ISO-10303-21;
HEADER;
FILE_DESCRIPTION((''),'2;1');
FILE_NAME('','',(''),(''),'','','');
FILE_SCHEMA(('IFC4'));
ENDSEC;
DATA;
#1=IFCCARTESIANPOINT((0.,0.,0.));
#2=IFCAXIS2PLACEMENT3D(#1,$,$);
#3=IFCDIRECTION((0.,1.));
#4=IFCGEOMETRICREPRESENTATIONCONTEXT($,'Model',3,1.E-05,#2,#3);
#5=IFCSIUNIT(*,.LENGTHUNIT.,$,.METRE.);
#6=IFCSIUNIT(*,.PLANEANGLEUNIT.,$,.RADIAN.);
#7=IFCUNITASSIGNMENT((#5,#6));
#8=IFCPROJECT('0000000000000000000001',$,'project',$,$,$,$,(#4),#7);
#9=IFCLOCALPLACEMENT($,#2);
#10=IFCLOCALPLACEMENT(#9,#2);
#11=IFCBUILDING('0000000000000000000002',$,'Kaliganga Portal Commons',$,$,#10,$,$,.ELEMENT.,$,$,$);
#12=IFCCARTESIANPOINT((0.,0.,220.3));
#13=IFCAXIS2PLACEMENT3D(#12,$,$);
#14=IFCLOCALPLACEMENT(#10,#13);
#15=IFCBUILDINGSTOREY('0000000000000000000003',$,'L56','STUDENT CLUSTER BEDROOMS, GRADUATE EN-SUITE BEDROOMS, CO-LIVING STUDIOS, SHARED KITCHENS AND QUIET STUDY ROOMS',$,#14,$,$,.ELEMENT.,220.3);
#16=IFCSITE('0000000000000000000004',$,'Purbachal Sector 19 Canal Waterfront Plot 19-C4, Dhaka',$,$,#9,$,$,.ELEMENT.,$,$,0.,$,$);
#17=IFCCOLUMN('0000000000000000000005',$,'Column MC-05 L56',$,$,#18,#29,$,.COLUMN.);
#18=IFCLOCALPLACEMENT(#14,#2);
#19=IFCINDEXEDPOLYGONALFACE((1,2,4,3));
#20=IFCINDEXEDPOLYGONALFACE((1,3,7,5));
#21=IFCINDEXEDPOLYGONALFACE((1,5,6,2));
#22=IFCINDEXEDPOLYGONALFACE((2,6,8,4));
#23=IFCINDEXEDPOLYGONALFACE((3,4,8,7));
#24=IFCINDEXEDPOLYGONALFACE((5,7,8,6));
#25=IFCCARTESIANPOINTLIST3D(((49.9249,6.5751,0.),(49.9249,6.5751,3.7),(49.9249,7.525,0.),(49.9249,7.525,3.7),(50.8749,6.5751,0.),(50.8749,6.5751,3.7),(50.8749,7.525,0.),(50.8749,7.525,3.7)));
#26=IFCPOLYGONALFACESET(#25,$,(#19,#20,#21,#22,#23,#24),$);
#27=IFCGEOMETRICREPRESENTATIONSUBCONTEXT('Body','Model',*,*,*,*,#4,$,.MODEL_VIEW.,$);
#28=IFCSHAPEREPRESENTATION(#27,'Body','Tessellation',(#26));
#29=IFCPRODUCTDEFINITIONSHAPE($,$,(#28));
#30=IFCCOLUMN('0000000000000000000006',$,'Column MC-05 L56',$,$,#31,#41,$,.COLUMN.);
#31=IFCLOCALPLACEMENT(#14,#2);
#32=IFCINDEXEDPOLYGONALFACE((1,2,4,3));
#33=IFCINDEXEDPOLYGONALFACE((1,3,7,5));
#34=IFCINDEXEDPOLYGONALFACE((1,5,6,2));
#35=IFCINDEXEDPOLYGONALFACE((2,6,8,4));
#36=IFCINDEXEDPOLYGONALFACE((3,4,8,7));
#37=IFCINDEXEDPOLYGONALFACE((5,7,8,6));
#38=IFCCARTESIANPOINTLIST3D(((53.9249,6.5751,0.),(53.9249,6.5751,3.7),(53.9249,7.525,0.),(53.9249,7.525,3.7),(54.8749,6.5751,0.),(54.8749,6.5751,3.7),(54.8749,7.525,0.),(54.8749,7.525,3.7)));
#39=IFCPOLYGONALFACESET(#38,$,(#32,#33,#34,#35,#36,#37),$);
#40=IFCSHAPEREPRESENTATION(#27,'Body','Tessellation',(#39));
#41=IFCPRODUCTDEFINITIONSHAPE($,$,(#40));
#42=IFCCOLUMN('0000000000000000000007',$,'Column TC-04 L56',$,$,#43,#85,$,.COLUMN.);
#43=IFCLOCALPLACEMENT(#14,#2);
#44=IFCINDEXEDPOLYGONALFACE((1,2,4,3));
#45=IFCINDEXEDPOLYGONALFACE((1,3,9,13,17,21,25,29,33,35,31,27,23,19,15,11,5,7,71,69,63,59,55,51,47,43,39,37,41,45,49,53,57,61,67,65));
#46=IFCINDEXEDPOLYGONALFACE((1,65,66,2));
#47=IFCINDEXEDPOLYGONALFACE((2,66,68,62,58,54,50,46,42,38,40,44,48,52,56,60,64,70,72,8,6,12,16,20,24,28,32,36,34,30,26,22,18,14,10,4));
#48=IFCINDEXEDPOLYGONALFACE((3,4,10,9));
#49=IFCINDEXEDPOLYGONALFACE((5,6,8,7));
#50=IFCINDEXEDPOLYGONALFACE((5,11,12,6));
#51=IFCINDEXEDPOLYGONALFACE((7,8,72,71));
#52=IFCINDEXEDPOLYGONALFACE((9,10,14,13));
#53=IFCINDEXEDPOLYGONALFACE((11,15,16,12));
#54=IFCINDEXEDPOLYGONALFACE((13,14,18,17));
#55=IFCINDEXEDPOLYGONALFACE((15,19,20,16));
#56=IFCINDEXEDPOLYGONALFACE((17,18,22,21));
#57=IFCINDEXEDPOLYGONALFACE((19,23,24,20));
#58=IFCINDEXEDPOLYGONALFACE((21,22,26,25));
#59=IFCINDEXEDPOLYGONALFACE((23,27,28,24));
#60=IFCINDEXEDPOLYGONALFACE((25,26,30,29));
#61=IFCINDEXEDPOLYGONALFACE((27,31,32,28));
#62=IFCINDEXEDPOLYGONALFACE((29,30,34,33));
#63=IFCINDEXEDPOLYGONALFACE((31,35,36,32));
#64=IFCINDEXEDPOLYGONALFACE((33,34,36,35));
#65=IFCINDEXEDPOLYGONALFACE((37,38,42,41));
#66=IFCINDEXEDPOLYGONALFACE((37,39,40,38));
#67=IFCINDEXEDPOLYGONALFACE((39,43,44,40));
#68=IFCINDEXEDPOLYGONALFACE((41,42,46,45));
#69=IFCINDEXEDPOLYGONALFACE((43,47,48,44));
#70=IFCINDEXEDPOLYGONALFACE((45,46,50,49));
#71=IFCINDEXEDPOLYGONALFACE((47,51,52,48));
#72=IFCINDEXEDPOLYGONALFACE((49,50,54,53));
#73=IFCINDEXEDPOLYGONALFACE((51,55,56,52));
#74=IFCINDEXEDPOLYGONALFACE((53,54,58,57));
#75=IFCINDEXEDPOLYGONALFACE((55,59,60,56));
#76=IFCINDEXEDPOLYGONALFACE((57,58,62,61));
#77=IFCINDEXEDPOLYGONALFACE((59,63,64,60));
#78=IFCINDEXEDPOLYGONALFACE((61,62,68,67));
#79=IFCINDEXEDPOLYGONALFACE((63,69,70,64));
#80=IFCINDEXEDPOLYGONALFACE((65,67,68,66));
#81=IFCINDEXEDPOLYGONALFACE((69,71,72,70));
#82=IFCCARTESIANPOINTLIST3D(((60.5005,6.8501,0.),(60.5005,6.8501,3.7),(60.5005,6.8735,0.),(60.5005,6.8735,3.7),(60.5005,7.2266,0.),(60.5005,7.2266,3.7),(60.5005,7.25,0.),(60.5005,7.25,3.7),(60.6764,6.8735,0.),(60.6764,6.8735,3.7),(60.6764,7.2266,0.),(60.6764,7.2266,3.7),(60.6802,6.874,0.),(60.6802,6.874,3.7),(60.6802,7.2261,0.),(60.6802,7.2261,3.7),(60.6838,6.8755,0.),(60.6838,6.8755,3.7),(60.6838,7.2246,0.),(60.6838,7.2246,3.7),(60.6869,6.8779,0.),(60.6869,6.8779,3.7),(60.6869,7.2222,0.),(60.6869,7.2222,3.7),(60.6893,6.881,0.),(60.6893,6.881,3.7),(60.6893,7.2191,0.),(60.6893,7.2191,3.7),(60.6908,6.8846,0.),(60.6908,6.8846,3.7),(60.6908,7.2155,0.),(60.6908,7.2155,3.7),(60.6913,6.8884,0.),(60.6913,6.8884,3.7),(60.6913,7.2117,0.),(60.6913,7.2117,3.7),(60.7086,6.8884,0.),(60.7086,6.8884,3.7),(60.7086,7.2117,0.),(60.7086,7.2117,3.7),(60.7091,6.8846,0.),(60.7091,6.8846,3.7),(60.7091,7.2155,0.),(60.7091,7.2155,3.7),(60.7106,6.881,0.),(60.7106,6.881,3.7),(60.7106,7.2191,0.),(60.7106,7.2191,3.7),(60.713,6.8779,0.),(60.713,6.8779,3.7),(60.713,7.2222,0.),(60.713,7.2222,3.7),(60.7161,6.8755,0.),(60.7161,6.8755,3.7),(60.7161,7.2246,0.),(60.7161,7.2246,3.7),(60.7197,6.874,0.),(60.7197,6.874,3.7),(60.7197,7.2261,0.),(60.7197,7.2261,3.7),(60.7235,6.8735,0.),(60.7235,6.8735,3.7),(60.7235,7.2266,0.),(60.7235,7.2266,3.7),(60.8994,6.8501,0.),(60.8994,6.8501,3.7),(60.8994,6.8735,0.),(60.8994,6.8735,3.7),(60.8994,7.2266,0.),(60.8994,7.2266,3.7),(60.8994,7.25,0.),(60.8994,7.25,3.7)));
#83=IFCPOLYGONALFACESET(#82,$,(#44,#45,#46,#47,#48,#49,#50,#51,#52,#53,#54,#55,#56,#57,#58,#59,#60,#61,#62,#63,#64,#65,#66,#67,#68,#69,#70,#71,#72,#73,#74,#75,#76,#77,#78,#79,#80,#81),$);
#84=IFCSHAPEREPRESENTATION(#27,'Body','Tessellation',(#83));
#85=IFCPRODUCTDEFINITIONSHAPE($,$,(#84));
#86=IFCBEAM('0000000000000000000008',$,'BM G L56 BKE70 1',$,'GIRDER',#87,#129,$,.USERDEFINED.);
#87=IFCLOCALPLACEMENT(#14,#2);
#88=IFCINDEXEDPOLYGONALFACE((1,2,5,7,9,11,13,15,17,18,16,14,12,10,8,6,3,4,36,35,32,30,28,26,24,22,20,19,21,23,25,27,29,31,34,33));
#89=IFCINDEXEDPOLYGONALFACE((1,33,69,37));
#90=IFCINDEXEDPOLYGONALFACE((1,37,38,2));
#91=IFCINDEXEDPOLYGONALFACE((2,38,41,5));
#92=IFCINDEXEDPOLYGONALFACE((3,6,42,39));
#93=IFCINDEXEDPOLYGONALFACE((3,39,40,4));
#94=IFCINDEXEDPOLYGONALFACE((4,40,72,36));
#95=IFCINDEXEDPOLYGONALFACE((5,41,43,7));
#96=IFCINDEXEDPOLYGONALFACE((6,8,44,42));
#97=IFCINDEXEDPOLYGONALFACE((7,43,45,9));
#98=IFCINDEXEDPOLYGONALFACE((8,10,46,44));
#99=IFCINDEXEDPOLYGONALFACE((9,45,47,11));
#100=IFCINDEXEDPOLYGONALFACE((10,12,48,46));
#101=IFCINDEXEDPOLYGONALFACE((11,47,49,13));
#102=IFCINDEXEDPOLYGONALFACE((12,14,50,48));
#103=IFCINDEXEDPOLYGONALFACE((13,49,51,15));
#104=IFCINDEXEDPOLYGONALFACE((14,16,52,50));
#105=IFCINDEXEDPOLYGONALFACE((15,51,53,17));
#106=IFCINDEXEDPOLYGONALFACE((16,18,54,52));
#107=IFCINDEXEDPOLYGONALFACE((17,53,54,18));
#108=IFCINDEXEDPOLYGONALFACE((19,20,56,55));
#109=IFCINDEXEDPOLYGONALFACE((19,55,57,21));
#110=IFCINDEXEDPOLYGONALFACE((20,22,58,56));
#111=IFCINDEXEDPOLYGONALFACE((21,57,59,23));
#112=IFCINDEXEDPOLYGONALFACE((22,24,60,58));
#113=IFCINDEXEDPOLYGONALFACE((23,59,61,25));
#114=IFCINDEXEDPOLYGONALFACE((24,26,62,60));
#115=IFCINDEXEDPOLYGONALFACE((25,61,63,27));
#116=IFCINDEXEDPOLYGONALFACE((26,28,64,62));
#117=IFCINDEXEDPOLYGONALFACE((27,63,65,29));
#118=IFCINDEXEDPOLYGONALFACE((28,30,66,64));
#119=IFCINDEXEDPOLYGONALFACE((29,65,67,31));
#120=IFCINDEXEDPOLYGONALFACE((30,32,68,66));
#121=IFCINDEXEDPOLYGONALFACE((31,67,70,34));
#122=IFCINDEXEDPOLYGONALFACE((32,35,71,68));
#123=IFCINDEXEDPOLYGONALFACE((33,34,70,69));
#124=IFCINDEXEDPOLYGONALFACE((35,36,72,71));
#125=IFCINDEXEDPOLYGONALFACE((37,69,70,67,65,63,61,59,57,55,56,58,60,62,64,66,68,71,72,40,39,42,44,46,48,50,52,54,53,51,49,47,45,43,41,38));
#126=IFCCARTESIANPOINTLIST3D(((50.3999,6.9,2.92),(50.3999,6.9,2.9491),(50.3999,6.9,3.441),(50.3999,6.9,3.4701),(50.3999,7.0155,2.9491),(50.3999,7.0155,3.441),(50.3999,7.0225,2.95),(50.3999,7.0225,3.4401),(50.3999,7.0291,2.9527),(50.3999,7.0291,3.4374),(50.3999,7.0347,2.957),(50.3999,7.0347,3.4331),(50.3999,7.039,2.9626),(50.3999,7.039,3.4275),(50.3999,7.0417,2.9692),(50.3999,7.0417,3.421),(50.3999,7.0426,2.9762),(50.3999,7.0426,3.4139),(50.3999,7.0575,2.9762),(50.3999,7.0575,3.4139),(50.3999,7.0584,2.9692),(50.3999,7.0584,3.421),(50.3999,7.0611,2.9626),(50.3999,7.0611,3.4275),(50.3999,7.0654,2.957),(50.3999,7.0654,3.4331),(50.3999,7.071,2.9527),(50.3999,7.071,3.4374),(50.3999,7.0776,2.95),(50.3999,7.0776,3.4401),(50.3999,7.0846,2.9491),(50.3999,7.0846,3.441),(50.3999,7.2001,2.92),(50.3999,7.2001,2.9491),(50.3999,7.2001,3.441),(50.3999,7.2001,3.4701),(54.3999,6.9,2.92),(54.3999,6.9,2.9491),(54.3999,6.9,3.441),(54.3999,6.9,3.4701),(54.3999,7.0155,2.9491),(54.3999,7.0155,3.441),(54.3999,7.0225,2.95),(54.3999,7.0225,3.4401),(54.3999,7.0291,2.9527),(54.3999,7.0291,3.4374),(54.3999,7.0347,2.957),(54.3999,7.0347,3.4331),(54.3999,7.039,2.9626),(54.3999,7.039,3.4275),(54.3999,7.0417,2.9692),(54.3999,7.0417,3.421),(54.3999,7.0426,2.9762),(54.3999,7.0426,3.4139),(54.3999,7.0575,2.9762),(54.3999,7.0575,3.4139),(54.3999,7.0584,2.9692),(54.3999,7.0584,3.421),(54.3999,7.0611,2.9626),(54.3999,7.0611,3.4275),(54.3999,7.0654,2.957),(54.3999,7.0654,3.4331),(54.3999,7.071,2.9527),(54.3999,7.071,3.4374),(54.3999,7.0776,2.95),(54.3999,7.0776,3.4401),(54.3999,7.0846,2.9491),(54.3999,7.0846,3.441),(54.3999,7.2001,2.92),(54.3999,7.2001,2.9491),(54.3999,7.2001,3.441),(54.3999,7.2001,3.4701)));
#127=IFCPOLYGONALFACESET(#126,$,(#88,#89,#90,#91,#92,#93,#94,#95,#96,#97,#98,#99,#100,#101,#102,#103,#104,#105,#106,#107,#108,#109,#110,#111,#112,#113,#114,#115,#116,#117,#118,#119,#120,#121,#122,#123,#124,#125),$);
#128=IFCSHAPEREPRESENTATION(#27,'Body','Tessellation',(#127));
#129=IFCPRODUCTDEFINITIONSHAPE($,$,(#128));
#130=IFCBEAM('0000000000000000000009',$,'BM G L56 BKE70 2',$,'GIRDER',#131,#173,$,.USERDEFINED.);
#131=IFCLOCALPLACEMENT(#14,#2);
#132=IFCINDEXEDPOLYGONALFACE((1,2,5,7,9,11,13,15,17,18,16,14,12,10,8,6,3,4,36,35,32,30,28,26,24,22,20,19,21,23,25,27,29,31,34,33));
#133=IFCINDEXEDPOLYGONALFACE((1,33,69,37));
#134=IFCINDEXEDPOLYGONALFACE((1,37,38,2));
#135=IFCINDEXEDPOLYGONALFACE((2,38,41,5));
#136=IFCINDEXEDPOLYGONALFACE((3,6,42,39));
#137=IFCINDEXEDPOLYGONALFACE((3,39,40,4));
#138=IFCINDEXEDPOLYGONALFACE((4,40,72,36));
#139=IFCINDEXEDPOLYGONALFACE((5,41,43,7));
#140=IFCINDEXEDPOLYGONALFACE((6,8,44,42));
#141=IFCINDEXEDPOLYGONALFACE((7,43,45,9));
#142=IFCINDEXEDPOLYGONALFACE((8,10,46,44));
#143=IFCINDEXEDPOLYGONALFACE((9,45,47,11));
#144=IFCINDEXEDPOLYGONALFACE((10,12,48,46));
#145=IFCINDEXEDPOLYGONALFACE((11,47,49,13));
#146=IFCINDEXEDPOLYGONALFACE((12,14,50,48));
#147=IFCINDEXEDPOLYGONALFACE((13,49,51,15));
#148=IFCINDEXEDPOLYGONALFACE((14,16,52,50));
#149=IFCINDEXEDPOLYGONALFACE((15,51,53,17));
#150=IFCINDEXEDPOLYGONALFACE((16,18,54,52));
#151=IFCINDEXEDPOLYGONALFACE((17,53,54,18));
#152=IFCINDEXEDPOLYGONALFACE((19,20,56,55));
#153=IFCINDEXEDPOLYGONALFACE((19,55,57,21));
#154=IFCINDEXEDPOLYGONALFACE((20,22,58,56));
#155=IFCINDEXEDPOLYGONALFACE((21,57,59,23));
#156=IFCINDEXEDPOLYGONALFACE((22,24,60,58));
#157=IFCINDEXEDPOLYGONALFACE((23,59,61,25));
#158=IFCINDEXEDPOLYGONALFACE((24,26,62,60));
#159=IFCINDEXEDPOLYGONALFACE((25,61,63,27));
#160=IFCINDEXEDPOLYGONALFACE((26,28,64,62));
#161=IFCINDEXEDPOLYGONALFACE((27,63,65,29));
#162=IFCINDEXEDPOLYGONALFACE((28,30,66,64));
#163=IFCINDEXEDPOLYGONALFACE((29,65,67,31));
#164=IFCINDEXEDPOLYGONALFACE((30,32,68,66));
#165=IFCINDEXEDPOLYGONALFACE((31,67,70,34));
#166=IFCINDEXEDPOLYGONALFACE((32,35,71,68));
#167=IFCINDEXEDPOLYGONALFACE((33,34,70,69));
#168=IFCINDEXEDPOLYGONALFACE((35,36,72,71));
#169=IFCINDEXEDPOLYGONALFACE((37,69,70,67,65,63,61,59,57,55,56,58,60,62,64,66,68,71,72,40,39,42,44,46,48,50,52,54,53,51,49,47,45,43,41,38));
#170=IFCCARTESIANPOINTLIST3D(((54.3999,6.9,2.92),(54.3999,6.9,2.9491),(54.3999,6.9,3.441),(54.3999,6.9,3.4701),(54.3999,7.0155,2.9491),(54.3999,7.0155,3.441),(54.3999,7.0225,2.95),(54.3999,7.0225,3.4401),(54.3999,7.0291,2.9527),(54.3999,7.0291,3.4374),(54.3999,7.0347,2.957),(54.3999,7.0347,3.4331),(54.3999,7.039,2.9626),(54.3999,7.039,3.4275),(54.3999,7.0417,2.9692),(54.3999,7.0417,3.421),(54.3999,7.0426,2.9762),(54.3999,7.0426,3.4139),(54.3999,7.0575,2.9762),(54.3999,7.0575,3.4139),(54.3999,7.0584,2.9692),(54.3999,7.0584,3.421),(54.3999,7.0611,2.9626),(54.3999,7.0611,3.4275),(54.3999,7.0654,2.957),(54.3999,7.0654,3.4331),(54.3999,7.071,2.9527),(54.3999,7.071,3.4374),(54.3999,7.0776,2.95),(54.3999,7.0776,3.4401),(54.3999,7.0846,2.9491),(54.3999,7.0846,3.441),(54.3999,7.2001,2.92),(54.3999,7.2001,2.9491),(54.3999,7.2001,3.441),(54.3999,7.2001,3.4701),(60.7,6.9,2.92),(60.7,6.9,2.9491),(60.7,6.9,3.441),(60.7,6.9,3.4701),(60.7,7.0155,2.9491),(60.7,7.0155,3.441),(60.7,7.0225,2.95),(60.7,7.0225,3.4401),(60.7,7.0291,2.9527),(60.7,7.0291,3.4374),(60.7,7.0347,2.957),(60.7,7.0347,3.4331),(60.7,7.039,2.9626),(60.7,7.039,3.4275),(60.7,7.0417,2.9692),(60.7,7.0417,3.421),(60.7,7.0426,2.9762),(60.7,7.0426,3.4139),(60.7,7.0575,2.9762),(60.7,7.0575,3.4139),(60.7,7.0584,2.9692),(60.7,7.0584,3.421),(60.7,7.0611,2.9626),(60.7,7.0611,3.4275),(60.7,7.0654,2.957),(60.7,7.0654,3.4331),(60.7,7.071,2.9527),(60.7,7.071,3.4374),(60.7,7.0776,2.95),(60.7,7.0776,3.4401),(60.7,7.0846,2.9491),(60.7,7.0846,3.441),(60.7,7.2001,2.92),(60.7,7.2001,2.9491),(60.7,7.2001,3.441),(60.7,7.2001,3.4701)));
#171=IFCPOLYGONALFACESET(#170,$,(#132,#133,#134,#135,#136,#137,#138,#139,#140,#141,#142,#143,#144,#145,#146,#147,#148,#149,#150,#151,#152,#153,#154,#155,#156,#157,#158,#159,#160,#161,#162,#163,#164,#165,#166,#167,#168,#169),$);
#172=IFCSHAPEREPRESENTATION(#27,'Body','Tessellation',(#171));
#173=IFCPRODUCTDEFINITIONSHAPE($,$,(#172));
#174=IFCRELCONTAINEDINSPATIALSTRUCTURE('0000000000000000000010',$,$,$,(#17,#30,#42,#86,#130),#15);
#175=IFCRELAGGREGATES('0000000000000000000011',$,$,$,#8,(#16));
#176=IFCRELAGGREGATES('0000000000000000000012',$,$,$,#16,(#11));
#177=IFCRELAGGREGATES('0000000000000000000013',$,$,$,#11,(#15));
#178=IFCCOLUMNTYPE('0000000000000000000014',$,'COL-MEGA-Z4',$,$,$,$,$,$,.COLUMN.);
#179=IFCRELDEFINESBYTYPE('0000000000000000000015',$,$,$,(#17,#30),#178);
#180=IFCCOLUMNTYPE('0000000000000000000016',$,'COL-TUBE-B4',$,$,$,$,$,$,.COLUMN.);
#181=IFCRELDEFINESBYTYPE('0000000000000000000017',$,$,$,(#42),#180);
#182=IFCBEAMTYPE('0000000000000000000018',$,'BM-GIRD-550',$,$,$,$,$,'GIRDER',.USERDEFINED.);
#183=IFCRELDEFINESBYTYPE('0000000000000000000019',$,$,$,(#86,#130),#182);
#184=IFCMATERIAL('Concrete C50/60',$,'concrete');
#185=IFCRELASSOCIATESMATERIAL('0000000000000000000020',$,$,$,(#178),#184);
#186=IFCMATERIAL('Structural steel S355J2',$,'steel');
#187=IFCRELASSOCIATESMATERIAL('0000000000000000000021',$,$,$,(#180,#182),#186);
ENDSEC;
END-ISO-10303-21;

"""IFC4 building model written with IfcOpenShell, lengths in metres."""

from ifc_helpers import new_model, si_unit, direction, frame, origin, origin_2d, place, context, subcontext, project, spatial, rectangle, i_section, extrude, source, transform, mapped, material, material_profile, profile_set, type_object, element, save


model = new_model("IFC4")

# Units and contexts
model_context = context("Model", 3, precision=1e-05, world=origin(), true_north=direction((0.0, 1.0)))
body_context = subcontext(model_context, "Body", "Model", "MODEL_VIEW")
ifc_project = project(units=[si_unit("LENGTHUNIT", "METRE"), si_unit("PLANEANGLEUNIT", "RADIAN")], contexts=[model_context])

# Site, building, storey
site_placement = place(None, origin())
site = spatial("IfcSite", under=ifc_project, at=site_placement, Name="Purbachal Sector 19 Canal Waterfront Plot 19-C4, Dhaka", CompositionType="ELEMENT", RefElevation=0.0)
building_placement = place(site_placement, origin())
building = spatial("IfcBuilding", under=site, at=building_placement, Name="Kaliganga Portal Commons", CompositionType="ELEMENT")
storey_placement = place(building_placement, frame((0.0, 0.0, 220.3)))
storey = spatial("IfcBuildingStorey", under=building, at=storey_placement, Name="L56", Description="STUDENT CLUSTER BEDROOMS, GRADUATE EN-SUITE BEDROOMS, CO-LIVING STUDIOS, SHARED KITCHENS AND QUIET STUDY ROOMS", CompositionType="ELEMENT", Elevation=220.3)

# Columns
ifc_material_1 = material(Name="Concrete C50/60", Category="concrete")
ifc_material_profile_1 = material_profile(ifc_material_1, rectangle(XDim=0.95, YDim=0.95, at=origin_2d()), Name="RC 950x950")
ifc_profile_set_1 = profile_set([ifc_material_profile_1], Name="Concrete C50/60")
column_type_1 = type_object("IfcColumnType", Name="COL-MEGA-Z4", PredefinedType="COLUMN", material=ifc_profile_set_1)
shared_shape_1 = source(origin(), body_context, "Body", "SweptSolid", [
    extrude(rectangle(XDim=0.95, YDim=0.95, at=origin_2d()), origin(), (0.0, 0.0, 1.0), 3.7),
])
for number, where, z_axis, x_axis, name in (
    (1, (50.3999, 7.05, 0.0), (0.0, 0.0, 1.0), (1.0, 0.0, 0.0), "Column MC-05 L56"),
    (2, (54.3999, 7.05, 0.0), (0.0, 0.0, 1.0), (1.0, 0.0, 0.0), "Column MC-05 L56"),
):
    element("IfcColumn", number, at=place(storey_placement, frame(where, z_axis=z_axis, x_axis=x_axis)), inside=storey, type_object=column_type_1, Name=name, PredefinedType="COLUMN", context=body_context, shape_type="MappedRepresentation", body=[
        mapped(shared_shape_1, transform((0.0, 0.0, 0.0), x_axis=(1.0, 0.0, 0.0), y_axis=(0.0, 1.0, 0.0), z_axis=(0.0, 0.0, 1.0), scale=1.0)),
    ])
ifc_material_2 = material(Name="Structural steel S355J2", Category="steel")
ifc_material_profile_2 = material_profile(ifc_material_2, i_section(OverallWidth=0.3989, OverallDepth=0.3999, WebThickness=0.0173, FlangeThickness=0.0234, FilletRadius=0.0149, at=origin_2d()), Name="HD 400x287")
ifc_profile_set_2 = profile_set([ifc_material_profile_2], Name="Structural steel S355J2 wide-flange")
column_type_2 = type_object("IfcColumnType", Name="COL-TUBE-B4", PredefinedType="COLUMN", material=ifc_profile_set_2)
shared_shape_2 = source(origin(), body_context, "Body", "SweptSolid", [
    extrude(i_section(OverallWidth=0.3989, OverallDepth=0.3999, WebThickness=0.0173, FlangeThickness=0.0234, FilletRadius=0.0149, at=origin_2d()), origin(), (0.0, 0.0, 1.0), 3.7),
])
column_placement = place(storey_placement, frame((60.7, 7.05, 0.0), z_axis=(0.0, 0.0, 1.0), x_axis=(1.0, 0.0, 0.0)))
element("IfcColumn", 3, at=column_placement, inside=storey, type_object=column_type_2, Name="Column TC-04 L56", PredefinedType="COLUMN", context=body_context, shape_type="MappedRepresentation", body=[
    mapped(shared_shape_2, transform((0.0, 0.0, 0.0), x_axis=(1.0, 0.0, 0.0), y_axis=(0.0, 1.0, 0.0), z_axis=(0.0, 0.0, 1.0), scale=1.0)),
])

# Beams
ifc_material_profile_3 = material_profile(ifc_material_2, i_section(OverallWidth=0.3, OverallDepth=0.55, WebThickness=0.0149, FlangeThickness=0.0291, FilletRadius=0.0271, at=origin_2d()), Name="HE 550 B")
ifc_profile_set_3 = profile_set([ifc_material_profile_3], Name="Structural steel S355J2 wide-flange")
beam_type_1 = type_object("IfcBeamType", Name="BM-GIRD-550", ElementType="GIRDER", PredefinedType="USERDEFINED", material=ifc_profile_set_3)
shared_shape_3 = source(origin(), body_context, "Body", "SweptSolid", [
    extrude(i_section(OverallWidth=0.3, OverallDepth=0.55, WebThickness=0.0149, FlangeThickness=0.0291, FilletRadius=0.0271, at=origin_2d()), origin(), (0.0, 0.0, 1.0), 4.0),
])
beam_1_placement = place(storey_placement, frame((50.3999, 7.05, 3.1951), z_axis=(1.0, 0.0, 0.0), x_axis=(0.0, 1.0, 0.0)))
element("IfcBeam", 4, at=beam_1_placement, inside=storey, type_object=beam_type_1, Name="BM G L56 BKE70 1", ObjectType="GIRDER", PredefinedType="USERDEFINED", context=body_context, shape_type="MappedRepresentation", body=[
    mapped(shared_shape_3, transform((0.0, 0.0, 0.0), x_axis=(1.0, 0.0, 0.0), y_axis=(0.0, 1.0, 0.0), z_axis=(0.0, 0.0, 1.0), scale=1.0)),
])
shared_shape_4 = source(origin(), body_context, "Body", "SweptSolid", [
    extrude(i_section(OverallWidth=0.3, OverallDepth=0.55, WebThickness=0.0149, FlangeThickness=0.0291, FilletRadius=0.0271, at=origin_2d()), origin(), (0.0, 0.0, 1.0), 6.3),
])
beam_2_placement = place(storey_placement, frame((54.3999, 7.05, 3.1951), z_axis=(1.0, 0.0, 0.0), x_axis=(0.0, 1.0, 0.0)))
element("IfcBeam", 5, at=beam_2_placement, inside=storey, type_object=beam_type_1, Name="BM G L56 BKE70 2", ObjectType="GIRDER", PredefinedType="USERDEFINED", context=body_context, shape_type="MappedRepresentation", body=[
    mapped(shared_shape_4, transform((0.0, 0.0, 0.0), x_axis=(1.0, 0.0, 0.0), y_axis=(0.0, 1.0, 0.0), z_axis=(0.0, 0.0, 1.0), scale=1.0)),
])

save(model, "model.ifc")
